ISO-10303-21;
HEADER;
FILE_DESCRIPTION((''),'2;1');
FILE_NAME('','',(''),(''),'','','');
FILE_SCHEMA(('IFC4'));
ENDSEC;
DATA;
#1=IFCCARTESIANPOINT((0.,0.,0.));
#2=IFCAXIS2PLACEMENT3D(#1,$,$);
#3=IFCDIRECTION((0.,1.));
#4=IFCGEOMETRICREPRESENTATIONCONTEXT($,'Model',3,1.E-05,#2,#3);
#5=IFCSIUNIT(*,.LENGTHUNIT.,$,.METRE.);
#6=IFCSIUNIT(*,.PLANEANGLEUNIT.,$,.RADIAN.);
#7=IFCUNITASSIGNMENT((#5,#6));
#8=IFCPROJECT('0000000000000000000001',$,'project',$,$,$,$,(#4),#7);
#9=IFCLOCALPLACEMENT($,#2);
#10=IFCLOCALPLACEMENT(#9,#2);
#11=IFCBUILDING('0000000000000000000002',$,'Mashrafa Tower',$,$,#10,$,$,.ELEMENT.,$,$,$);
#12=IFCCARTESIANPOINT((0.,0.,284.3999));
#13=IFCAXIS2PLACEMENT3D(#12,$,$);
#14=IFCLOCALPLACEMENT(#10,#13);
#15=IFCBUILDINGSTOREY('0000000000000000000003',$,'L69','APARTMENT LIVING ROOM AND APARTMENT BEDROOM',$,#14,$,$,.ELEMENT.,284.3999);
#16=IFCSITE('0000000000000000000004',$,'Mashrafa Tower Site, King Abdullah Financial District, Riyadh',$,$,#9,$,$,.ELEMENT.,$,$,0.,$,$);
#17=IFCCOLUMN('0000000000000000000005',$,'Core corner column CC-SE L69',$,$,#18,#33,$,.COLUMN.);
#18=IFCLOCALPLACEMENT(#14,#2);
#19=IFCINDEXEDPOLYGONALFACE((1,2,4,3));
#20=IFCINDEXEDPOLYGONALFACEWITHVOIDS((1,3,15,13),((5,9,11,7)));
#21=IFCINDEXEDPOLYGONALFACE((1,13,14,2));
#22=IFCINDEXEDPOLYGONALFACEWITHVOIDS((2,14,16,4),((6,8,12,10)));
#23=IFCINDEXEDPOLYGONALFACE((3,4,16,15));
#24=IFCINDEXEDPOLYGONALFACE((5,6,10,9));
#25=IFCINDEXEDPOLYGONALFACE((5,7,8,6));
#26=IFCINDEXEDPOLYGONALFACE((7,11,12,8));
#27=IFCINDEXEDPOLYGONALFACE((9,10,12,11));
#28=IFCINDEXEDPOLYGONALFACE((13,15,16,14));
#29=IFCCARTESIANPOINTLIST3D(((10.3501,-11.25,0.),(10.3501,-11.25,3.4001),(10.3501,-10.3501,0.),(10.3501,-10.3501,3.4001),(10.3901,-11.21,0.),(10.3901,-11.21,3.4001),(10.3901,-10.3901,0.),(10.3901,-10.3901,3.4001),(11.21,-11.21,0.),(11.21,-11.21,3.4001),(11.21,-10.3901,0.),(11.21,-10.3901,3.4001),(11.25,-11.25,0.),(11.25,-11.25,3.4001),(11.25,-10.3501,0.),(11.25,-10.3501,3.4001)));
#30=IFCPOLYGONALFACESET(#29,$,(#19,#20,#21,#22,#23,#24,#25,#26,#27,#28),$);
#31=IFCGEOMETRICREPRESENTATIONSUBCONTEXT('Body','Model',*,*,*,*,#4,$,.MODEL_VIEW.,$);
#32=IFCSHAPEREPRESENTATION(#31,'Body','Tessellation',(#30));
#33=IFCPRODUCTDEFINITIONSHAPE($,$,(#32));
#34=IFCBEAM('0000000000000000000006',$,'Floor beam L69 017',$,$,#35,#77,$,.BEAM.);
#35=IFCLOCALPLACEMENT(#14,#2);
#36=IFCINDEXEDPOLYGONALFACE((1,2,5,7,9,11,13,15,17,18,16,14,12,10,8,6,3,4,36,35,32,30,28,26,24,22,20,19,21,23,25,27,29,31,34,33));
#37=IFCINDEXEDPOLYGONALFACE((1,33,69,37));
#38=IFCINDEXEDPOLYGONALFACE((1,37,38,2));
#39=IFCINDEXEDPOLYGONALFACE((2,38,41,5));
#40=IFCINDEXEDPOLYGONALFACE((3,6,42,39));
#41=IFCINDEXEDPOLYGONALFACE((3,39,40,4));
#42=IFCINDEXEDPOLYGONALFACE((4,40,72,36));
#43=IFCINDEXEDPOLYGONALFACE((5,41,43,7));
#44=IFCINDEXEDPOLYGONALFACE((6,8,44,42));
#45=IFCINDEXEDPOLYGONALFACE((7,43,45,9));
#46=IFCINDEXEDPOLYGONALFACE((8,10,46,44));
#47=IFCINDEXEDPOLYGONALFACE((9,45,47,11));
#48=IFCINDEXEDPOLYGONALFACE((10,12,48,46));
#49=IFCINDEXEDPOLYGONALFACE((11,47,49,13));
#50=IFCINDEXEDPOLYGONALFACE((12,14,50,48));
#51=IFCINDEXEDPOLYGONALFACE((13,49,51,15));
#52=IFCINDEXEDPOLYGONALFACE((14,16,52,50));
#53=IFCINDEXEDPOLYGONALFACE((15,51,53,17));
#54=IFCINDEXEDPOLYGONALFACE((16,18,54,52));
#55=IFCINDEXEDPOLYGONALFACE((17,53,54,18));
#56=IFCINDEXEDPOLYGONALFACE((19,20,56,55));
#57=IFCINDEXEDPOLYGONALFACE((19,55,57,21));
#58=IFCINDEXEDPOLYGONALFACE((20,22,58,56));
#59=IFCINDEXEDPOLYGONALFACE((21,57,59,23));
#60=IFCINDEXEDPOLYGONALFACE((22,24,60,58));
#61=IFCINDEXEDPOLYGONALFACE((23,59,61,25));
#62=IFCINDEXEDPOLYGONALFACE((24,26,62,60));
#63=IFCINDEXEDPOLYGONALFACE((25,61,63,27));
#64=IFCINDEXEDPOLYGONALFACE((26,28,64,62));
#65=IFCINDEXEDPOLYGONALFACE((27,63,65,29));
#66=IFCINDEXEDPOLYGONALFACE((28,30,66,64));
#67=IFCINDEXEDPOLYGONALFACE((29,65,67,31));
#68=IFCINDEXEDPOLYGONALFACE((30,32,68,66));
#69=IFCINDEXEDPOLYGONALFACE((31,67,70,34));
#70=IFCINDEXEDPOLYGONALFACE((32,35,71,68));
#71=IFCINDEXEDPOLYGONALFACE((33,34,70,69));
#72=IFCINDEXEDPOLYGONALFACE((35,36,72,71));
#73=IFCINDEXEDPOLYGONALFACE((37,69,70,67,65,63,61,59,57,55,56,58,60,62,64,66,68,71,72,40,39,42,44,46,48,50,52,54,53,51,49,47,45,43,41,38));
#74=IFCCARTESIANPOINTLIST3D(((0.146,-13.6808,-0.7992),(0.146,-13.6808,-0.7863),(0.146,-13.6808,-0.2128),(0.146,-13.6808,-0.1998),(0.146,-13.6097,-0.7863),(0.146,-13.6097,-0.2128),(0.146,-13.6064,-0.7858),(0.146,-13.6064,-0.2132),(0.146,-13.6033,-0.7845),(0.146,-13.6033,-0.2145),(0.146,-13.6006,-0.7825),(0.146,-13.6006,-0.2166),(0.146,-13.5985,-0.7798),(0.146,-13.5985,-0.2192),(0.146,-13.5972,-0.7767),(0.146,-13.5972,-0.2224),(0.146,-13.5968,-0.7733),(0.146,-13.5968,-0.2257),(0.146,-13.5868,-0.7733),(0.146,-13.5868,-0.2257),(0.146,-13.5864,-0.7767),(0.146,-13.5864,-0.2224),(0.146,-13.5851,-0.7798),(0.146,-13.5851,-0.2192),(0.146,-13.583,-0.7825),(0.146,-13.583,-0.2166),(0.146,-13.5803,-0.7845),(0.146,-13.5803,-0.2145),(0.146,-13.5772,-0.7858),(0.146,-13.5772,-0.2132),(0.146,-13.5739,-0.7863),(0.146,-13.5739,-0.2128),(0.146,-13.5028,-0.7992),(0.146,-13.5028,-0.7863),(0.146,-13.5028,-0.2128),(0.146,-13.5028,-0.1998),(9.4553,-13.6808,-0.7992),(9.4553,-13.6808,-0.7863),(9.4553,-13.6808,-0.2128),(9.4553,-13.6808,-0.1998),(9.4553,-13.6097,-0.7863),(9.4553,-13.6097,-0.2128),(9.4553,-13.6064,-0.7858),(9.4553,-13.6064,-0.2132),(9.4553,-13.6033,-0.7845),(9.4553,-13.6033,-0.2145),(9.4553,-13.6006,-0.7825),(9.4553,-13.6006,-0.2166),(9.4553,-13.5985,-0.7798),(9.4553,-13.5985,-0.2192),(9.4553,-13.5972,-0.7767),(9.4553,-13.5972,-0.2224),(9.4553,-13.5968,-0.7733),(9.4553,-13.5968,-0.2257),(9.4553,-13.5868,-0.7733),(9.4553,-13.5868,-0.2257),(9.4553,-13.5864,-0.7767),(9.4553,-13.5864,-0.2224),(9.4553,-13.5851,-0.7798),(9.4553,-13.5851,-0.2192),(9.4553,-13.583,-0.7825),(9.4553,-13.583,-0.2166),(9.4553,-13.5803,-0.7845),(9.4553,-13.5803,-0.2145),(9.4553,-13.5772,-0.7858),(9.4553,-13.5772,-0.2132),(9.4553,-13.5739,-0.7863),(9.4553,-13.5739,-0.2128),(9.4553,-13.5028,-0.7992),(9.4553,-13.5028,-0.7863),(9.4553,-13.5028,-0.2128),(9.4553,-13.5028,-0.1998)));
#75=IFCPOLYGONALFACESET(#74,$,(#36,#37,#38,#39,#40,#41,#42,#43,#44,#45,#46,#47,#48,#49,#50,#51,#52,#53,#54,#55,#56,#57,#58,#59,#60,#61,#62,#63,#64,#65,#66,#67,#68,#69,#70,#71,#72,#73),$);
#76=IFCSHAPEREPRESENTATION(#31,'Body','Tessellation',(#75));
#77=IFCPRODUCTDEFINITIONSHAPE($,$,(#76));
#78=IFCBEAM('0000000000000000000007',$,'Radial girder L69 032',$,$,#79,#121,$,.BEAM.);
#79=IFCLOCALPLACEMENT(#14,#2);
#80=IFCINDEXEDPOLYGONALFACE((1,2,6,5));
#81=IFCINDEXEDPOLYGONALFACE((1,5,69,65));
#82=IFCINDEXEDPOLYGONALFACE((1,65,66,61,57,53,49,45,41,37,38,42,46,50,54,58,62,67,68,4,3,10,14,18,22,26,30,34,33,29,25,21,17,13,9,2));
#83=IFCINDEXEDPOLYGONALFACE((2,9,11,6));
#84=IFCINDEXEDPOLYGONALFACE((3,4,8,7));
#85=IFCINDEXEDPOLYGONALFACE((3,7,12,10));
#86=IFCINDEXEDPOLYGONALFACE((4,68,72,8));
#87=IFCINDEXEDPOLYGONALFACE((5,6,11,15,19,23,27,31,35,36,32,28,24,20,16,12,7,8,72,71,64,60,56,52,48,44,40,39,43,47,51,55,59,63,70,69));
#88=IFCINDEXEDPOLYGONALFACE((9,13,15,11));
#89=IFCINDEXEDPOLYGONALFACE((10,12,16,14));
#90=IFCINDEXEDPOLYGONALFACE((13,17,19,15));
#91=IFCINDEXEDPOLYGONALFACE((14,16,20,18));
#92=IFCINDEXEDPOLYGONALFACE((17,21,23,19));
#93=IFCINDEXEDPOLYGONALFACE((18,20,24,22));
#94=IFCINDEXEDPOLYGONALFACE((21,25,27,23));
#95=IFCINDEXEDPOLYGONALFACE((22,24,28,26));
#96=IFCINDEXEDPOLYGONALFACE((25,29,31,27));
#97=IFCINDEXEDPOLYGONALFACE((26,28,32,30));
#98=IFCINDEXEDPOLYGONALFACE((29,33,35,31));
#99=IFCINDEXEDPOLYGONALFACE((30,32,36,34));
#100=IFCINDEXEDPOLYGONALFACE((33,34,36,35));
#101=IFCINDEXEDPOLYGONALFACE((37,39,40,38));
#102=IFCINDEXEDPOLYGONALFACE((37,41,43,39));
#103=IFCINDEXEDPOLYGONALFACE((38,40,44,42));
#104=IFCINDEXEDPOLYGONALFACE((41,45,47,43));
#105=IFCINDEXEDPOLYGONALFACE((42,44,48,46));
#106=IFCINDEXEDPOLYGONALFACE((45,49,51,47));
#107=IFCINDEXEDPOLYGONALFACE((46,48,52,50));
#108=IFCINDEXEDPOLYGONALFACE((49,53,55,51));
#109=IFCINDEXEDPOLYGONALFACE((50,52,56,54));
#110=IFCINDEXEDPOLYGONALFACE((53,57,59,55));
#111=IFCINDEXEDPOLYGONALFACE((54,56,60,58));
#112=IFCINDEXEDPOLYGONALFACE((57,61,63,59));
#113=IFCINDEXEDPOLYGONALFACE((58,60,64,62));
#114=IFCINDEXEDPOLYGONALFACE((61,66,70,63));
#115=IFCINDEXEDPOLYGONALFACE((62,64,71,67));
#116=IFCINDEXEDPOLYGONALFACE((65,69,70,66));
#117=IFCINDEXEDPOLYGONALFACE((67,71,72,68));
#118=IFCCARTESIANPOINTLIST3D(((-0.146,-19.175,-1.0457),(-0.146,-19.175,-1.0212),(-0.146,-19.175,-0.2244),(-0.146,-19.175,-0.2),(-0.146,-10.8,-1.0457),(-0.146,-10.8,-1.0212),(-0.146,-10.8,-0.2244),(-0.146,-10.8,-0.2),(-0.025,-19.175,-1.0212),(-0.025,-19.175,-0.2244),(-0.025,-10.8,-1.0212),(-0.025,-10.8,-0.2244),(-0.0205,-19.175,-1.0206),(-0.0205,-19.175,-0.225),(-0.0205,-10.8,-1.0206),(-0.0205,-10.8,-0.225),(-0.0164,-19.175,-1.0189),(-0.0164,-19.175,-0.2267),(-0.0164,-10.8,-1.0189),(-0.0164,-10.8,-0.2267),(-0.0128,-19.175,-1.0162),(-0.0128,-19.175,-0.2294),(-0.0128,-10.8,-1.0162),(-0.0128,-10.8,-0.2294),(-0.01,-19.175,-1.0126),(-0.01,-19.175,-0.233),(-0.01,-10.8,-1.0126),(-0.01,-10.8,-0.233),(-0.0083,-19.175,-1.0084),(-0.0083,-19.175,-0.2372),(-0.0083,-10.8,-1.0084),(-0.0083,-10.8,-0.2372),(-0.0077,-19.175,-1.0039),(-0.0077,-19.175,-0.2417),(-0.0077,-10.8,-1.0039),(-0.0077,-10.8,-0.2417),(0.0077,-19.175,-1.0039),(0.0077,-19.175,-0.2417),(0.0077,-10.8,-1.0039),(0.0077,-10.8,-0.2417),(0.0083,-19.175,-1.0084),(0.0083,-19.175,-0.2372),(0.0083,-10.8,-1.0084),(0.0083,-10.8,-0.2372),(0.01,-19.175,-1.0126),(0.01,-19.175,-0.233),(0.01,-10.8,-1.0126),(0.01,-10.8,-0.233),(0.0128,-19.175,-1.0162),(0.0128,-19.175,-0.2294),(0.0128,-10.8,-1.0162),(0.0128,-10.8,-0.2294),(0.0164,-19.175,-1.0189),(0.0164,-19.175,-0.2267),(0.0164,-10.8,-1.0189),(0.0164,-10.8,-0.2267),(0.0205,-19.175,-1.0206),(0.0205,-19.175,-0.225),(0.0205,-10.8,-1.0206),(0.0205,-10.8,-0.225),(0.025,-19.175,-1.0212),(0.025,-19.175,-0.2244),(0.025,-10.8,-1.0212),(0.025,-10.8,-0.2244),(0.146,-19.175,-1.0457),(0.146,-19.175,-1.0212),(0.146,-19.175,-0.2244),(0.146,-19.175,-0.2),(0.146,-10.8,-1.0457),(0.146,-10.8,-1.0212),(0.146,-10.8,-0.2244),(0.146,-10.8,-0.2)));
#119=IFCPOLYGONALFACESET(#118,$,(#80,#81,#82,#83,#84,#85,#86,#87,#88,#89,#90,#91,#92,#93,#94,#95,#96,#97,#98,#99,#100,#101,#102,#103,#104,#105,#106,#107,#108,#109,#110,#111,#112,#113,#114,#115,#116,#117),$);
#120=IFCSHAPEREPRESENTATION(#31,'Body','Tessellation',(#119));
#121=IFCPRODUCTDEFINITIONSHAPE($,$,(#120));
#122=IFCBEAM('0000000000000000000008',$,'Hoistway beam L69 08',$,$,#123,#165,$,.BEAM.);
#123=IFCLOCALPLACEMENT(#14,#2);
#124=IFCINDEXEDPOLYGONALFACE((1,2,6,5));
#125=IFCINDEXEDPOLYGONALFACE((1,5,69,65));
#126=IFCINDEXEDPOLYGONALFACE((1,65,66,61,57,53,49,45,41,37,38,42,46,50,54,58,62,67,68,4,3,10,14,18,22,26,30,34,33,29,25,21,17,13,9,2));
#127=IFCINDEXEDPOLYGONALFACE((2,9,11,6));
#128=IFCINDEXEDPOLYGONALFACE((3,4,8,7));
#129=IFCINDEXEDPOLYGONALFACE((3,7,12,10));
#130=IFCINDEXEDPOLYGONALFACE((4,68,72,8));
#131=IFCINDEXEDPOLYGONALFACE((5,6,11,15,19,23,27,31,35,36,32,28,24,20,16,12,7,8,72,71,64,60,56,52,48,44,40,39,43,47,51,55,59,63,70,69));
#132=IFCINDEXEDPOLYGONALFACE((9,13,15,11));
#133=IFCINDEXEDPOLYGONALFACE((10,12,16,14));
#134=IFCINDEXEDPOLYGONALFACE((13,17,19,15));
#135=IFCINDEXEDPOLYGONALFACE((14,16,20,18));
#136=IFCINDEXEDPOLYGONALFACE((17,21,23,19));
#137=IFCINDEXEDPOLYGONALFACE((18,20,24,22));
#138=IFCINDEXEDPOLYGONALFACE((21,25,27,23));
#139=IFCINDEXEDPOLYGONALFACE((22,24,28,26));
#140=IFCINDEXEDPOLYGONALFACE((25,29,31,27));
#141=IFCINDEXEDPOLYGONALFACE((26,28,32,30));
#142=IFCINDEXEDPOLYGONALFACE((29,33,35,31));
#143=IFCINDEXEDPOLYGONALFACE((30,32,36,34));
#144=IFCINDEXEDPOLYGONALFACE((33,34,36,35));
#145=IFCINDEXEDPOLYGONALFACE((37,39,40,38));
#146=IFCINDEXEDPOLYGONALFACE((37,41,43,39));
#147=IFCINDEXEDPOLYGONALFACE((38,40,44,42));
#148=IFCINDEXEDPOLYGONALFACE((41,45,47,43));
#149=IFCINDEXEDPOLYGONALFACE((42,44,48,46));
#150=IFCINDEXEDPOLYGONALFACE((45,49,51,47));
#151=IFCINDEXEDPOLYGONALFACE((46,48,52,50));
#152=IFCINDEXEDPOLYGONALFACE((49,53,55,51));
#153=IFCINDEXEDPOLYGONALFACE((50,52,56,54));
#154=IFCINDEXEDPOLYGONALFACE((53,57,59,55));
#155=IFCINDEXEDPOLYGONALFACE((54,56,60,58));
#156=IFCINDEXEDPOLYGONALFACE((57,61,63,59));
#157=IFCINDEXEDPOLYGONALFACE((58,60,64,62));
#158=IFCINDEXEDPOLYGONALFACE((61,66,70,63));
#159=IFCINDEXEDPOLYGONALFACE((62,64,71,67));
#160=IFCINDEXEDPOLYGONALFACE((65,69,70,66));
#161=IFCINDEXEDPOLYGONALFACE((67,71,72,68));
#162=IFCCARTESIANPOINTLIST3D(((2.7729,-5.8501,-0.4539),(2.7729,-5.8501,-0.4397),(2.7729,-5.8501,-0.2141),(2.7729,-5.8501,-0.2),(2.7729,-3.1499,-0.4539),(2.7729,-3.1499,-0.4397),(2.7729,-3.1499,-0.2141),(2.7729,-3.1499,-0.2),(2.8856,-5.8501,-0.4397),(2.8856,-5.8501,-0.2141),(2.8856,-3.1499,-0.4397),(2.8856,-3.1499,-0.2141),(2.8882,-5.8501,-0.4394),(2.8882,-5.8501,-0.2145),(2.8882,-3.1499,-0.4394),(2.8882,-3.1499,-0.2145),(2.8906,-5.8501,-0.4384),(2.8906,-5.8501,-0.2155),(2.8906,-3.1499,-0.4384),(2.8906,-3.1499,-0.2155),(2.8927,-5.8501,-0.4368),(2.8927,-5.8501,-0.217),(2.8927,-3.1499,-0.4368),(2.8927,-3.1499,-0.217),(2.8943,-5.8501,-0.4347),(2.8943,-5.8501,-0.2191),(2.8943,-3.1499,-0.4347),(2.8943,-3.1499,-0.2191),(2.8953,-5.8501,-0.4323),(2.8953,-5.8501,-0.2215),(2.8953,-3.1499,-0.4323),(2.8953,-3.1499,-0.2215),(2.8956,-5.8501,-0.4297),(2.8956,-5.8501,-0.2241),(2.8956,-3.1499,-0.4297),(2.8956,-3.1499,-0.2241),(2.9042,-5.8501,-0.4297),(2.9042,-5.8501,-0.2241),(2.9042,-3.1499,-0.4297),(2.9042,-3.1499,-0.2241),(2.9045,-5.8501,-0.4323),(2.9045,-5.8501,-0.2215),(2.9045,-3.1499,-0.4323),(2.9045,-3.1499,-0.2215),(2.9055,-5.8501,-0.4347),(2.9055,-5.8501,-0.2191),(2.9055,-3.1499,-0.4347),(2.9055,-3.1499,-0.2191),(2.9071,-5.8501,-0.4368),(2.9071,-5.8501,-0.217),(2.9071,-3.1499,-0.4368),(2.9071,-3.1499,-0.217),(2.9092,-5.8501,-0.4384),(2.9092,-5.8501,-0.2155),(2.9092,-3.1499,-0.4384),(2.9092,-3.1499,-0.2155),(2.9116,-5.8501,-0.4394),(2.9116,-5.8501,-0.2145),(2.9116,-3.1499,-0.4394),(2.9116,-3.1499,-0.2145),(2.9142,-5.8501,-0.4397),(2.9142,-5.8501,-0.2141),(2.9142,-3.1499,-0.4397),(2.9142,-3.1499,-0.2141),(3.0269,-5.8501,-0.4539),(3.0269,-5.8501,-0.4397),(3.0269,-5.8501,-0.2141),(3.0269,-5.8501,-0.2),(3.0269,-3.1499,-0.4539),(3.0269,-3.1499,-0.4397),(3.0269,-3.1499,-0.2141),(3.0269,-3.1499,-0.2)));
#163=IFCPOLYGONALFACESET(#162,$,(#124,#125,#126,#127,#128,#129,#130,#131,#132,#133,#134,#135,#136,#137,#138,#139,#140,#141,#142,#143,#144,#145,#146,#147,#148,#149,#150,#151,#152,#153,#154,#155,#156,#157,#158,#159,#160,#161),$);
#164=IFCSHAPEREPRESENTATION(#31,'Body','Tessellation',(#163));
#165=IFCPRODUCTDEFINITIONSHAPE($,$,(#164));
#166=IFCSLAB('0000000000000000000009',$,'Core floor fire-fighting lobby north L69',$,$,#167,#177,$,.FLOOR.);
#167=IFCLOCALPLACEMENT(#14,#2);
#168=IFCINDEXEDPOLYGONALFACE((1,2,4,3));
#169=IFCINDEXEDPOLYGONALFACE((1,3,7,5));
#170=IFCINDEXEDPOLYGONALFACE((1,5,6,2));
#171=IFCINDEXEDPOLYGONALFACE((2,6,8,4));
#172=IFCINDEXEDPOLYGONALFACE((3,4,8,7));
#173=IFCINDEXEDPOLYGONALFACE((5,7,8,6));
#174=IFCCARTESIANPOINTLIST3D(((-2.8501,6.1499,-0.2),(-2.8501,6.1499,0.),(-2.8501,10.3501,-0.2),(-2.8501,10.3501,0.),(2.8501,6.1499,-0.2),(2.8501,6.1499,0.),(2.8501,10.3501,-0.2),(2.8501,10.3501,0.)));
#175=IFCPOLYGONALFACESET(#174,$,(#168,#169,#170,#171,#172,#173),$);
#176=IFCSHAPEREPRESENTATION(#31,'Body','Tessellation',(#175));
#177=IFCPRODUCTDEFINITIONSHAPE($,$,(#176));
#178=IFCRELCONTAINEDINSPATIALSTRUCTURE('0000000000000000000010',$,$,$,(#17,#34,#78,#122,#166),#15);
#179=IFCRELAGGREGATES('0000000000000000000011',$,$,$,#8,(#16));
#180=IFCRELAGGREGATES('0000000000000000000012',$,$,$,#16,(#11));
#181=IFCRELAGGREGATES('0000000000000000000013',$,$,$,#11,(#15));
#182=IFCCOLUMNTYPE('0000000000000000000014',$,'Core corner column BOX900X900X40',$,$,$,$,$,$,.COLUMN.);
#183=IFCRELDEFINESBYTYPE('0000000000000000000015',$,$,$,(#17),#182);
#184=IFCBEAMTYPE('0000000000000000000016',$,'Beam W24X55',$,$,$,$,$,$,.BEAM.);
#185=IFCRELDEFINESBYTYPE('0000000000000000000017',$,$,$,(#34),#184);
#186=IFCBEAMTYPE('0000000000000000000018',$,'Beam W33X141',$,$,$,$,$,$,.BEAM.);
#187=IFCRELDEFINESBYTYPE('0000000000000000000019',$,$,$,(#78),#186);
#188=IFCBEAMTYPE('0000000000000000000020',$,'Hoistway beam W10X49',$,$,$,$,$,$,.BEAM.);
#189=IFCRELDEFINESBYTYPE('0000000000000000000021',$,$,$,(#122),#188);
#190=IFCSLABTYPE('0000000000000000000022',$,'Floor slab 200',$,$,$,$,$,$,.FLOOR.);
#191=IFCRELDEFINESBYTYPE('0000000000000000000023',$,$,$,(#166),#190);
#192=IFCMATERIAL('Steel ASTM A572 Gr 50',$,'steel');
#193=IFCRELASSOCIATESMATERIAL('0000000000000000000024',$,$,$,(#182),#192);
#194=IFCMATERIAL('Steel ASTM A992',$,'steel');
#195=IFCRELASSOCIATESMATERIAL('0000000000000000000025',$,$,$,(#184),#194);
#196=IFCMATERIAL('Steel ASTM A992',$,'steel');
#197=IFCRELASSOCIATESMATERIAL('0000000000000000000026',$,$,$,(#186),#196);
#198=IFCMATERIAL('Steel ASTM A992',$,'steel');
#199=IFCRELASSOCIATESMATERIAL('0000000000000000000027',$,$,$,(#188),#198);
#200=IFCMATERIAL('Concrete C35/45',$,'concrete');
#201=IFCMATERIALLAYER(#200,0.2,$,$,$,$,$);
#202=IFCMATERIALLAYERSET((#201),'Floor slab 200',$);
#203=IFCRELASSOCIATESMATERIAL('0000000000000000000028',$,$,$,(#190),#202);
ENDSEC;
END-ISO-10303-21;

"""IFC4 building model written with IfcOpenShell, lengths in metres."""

from ifc_helpers import new_model, si_unit, direction, frame, origin, origin_2d, place, context, subcontext, project, spatial, polyline, hollow_rectangle, i_section, outline, extrude, material, layer, layer_set, material_profile, profile_set, type_object, element, save


model = new_model("IFC4")

# Units and contexts
model_context = context("Model", 3, precision=1e-05, world=origin(), true_north=direction((0.0, 1.0)))
body_context = subcontext(model_context, "Body", "Model", "MODEL_VIEW")
ifc_project = project(units=[si_unit("LENGTHUNIT", "METRE"), si_unit("PLANEANGLEUNIT", "RADIAN")], contexts=[model_context])

# Site, building, storey
site_placement = place(None, origin())
site = spatial("IfcSite", under=ifc_project, at=site_placement, Name="Mashrafa Tower Site, King Abdullah Financial District, Riyadh", CompositionType="ELEMENT", RefElevation=0.0)
building_placement = place(site_placement, origin())
building = spatial("IfcBuilding", under=site, at=building_placement, Name="Mashrafa Tower", CompositionType="ELEMENT")
storey_placement = place(building_placement, frame((0.0, 0.0, 284.3999)))
storey = spatial("IfcBuildingStorey", under=building, at=storey_placement, Name="L69", Description="APARTMENT LIVING ROOM AND APARTMENT BEDROOM", CompositionType="ELEMENT", Elevation=284.3999)

# Column
ifc_material_1 = material(Name="Steel ASTM A572 Gr 50", Category="steel")
ifc_material_profile_1 = material_profile(ifc_material_1, hollow_rectangle(XDim=0.8999, YDim=0.8999, WallThickness=0.04, at=origin_2d()), Name="BOX900X900X40")
ifc_profile_set_1 = profile_set([ifc_material_profile_1], Name="Steel ASTM A572 Gr 50")
column_type = type_object("IfcColumnType", Name="Core corner column BOX900X900X40", PredefinedType="COLUMN", material=ifc_profile_set_1)
column_placement = place(storey_placement, frame((10.8, -10.8, 0.0), z_axis=(0.0, 0.0, 1.0), x_axis=(1.0, 0.0, 0.0)))
element("IfcColumn", 1, at=column_placement, inside=storey, type_object=column_type, Name="Core corner column CC-SE L69", PredefinedType="COLUMN", context=body_context, shape_type="SweptSolid", body=[
    extrude(hollow_rectangle(XDim=0.8999, YDim=0.8999, WallThickness=0.04, at=origin_2d()), origin(), (0.0, 0.0, 1.0), 3.4001),
])

# Beams
ifc_material_2 = material(Name="Steel ASTM A992", Category="steel")
ifc_material_profile_2 = material_profile(ifc_material_2, i_section(OverallWidth=0.178, OverallDepth=0.5994, WebThickness=0.01, FlangeThickness=0.0129, FilletRadius=0.0129, at=origin_2d()), Name="W24X55")
ifc_profile_set_2 = profile_set([ifc_material_profile_2], Name="Steel ASTM A992")
beam_type_1 = type_object("IfcBeamType", Name="Beam W24X55", PredefinedType="BEAM", material=ifc_profile_set_2)
beam_1_placement = place(storey_placement, frame((9.4553, -13.5918, -0.4995), z_axis=(-1.0, 0.0, 0.0), x_axis=(0.0, -1.0, 0.0)))
element("IfcBeam", 2, at=beam_1_placement, inside=storey, type_object=beam_type_1, Name="Floor beam L69 017", PredefinedType="BEAM", context=body_context, shape_type="SweptSolid", body=[
    extrude(i_section(OverallWidth=0.178, OverallDepth=0.5994, WebThickness=0.01, FlangeThickness=0.0129, FilletRadius=0.0129, at=origin_2d()), origin(), (0.0, 0.0, 1.0), 9.3093),
])
ifc_material_3 = material(Name="Steel ASTM A992", Category="steel")
ifc_material_profile_3 = material_profile(ifc_material_3, i_section(OverallWidth=0.292, OverallDepth=0.8457, WebThickness=0.0154, FlangeThickness=0.0244, FilletRadius=0.0173, at=origin_2d()), Name="W33X141")
ifc_profile_set_3 = profile_set([ifc_material_profile_3], Name="Steel ASTM A992")
beam_type_2 = type_object("IfcBeamType", Name="Beam W33X141", PredefinedType="BEAM", material=ifc_profile_set_3)
beam_2_placement = place(storey_placement, frame((0.0, -10.8, -0.6228), z_axis=(0.0, -1.0, 0.0), x_axis=(1.0, 0.0, 0.0)))
element("IfcBeam", 3, at=beam_2_placement, inside=storey, type_object=beam_type_2, Name="Radial girder L69 032", PredefinedType="BEAM", context=body_context, shape_type="SweptSolid", body=[
    extrude(i_section(OverallWidth=0.292, OverallDepth=0.8457, WebThickness=0.0154, FlangeThickness=0.0244, FilletRadius=0.0173, at=origin_2d()), origin(), (0.0, 0.0, 1.0), 8.375),
])
ifc_material_4 = material(Name="Steel ASTM A992", Category="steel")
ifc_material_profile_4 = material_profile(ifc_material_4, i_section(OverallWidth=0.2539, OverallDepth=0.2539, WebThickness=0.0085, FlangeThickness=0.0142, FilletRadius=0.01, at=origin_2d()), Name="W10X49")
ifc_profile_set_4 = profile_set([ifc_material_profile_4], Name="Steel ASTM A992")
beam_type_3 = type_object("IfcBeamType", Name="Hoistway beam W10X49", PredefinedType="BEAM", material=ifc_profile_set_4)
beam_3_placement = place(storey_placement, frame((2.8999, -5.8501, -0.3269), z_axis=(0.0, 1.0, 0.0), x_axis=(-1.0, 0.0, 0.0)))
element("IfcBeam", 4, at=beam_3_placement, inside=storey, type_object=beam_type_3, Name="Hoistway beam L69 08", PredefinedType="BEAM", context=body_context, shape_type="SweptSolid", body=[
    extrude(i_section(OverallWidth=0.2539, OverallDepth=0.2539, WebThickness=0.0085, FlangeThickness=0.0142, FilletRadius=0.01, at=origin_2d()), origin(), (0.0, 0.0, 1.0), 2.7002),
])

# Slab
ifc_material_5 = material(Name="Concrete C35/45", Category="concrete")
ifc_layer_1 = layer(ifc_material_5, 0.2)
ifc_layer_set_1 = layer_set([ifc_layer_1], Name="Floor slab 200")
slab_type_1 = type_object("IfcSlabType", Name="Floor slab 200", PredefinedType="FLOOR", material=ifc_layer_set_1)
slab_1_placement = place(storey_placement, frame((0.0, 0.0, -0.2)))
element("IfcSlab", 5, at=slab_1_placement, inside=storey, type_object=slab_type_1, Name="Core floor fire-fighting lobby north L69", PredefinedType="FLOOR", context=body_context, shape_type="SweptSolid", body=[
    extrude(outline(polyline([(-2.8501, 10.3501), (2.8501, 10.3501), (2.8501, 6.1499), (-2.8501, 6.1499), (-2.8501, 10.3501)])), origin(), (0.0, 0.0, 1.0), 0.2),
])

save(model, "model.ifc")
